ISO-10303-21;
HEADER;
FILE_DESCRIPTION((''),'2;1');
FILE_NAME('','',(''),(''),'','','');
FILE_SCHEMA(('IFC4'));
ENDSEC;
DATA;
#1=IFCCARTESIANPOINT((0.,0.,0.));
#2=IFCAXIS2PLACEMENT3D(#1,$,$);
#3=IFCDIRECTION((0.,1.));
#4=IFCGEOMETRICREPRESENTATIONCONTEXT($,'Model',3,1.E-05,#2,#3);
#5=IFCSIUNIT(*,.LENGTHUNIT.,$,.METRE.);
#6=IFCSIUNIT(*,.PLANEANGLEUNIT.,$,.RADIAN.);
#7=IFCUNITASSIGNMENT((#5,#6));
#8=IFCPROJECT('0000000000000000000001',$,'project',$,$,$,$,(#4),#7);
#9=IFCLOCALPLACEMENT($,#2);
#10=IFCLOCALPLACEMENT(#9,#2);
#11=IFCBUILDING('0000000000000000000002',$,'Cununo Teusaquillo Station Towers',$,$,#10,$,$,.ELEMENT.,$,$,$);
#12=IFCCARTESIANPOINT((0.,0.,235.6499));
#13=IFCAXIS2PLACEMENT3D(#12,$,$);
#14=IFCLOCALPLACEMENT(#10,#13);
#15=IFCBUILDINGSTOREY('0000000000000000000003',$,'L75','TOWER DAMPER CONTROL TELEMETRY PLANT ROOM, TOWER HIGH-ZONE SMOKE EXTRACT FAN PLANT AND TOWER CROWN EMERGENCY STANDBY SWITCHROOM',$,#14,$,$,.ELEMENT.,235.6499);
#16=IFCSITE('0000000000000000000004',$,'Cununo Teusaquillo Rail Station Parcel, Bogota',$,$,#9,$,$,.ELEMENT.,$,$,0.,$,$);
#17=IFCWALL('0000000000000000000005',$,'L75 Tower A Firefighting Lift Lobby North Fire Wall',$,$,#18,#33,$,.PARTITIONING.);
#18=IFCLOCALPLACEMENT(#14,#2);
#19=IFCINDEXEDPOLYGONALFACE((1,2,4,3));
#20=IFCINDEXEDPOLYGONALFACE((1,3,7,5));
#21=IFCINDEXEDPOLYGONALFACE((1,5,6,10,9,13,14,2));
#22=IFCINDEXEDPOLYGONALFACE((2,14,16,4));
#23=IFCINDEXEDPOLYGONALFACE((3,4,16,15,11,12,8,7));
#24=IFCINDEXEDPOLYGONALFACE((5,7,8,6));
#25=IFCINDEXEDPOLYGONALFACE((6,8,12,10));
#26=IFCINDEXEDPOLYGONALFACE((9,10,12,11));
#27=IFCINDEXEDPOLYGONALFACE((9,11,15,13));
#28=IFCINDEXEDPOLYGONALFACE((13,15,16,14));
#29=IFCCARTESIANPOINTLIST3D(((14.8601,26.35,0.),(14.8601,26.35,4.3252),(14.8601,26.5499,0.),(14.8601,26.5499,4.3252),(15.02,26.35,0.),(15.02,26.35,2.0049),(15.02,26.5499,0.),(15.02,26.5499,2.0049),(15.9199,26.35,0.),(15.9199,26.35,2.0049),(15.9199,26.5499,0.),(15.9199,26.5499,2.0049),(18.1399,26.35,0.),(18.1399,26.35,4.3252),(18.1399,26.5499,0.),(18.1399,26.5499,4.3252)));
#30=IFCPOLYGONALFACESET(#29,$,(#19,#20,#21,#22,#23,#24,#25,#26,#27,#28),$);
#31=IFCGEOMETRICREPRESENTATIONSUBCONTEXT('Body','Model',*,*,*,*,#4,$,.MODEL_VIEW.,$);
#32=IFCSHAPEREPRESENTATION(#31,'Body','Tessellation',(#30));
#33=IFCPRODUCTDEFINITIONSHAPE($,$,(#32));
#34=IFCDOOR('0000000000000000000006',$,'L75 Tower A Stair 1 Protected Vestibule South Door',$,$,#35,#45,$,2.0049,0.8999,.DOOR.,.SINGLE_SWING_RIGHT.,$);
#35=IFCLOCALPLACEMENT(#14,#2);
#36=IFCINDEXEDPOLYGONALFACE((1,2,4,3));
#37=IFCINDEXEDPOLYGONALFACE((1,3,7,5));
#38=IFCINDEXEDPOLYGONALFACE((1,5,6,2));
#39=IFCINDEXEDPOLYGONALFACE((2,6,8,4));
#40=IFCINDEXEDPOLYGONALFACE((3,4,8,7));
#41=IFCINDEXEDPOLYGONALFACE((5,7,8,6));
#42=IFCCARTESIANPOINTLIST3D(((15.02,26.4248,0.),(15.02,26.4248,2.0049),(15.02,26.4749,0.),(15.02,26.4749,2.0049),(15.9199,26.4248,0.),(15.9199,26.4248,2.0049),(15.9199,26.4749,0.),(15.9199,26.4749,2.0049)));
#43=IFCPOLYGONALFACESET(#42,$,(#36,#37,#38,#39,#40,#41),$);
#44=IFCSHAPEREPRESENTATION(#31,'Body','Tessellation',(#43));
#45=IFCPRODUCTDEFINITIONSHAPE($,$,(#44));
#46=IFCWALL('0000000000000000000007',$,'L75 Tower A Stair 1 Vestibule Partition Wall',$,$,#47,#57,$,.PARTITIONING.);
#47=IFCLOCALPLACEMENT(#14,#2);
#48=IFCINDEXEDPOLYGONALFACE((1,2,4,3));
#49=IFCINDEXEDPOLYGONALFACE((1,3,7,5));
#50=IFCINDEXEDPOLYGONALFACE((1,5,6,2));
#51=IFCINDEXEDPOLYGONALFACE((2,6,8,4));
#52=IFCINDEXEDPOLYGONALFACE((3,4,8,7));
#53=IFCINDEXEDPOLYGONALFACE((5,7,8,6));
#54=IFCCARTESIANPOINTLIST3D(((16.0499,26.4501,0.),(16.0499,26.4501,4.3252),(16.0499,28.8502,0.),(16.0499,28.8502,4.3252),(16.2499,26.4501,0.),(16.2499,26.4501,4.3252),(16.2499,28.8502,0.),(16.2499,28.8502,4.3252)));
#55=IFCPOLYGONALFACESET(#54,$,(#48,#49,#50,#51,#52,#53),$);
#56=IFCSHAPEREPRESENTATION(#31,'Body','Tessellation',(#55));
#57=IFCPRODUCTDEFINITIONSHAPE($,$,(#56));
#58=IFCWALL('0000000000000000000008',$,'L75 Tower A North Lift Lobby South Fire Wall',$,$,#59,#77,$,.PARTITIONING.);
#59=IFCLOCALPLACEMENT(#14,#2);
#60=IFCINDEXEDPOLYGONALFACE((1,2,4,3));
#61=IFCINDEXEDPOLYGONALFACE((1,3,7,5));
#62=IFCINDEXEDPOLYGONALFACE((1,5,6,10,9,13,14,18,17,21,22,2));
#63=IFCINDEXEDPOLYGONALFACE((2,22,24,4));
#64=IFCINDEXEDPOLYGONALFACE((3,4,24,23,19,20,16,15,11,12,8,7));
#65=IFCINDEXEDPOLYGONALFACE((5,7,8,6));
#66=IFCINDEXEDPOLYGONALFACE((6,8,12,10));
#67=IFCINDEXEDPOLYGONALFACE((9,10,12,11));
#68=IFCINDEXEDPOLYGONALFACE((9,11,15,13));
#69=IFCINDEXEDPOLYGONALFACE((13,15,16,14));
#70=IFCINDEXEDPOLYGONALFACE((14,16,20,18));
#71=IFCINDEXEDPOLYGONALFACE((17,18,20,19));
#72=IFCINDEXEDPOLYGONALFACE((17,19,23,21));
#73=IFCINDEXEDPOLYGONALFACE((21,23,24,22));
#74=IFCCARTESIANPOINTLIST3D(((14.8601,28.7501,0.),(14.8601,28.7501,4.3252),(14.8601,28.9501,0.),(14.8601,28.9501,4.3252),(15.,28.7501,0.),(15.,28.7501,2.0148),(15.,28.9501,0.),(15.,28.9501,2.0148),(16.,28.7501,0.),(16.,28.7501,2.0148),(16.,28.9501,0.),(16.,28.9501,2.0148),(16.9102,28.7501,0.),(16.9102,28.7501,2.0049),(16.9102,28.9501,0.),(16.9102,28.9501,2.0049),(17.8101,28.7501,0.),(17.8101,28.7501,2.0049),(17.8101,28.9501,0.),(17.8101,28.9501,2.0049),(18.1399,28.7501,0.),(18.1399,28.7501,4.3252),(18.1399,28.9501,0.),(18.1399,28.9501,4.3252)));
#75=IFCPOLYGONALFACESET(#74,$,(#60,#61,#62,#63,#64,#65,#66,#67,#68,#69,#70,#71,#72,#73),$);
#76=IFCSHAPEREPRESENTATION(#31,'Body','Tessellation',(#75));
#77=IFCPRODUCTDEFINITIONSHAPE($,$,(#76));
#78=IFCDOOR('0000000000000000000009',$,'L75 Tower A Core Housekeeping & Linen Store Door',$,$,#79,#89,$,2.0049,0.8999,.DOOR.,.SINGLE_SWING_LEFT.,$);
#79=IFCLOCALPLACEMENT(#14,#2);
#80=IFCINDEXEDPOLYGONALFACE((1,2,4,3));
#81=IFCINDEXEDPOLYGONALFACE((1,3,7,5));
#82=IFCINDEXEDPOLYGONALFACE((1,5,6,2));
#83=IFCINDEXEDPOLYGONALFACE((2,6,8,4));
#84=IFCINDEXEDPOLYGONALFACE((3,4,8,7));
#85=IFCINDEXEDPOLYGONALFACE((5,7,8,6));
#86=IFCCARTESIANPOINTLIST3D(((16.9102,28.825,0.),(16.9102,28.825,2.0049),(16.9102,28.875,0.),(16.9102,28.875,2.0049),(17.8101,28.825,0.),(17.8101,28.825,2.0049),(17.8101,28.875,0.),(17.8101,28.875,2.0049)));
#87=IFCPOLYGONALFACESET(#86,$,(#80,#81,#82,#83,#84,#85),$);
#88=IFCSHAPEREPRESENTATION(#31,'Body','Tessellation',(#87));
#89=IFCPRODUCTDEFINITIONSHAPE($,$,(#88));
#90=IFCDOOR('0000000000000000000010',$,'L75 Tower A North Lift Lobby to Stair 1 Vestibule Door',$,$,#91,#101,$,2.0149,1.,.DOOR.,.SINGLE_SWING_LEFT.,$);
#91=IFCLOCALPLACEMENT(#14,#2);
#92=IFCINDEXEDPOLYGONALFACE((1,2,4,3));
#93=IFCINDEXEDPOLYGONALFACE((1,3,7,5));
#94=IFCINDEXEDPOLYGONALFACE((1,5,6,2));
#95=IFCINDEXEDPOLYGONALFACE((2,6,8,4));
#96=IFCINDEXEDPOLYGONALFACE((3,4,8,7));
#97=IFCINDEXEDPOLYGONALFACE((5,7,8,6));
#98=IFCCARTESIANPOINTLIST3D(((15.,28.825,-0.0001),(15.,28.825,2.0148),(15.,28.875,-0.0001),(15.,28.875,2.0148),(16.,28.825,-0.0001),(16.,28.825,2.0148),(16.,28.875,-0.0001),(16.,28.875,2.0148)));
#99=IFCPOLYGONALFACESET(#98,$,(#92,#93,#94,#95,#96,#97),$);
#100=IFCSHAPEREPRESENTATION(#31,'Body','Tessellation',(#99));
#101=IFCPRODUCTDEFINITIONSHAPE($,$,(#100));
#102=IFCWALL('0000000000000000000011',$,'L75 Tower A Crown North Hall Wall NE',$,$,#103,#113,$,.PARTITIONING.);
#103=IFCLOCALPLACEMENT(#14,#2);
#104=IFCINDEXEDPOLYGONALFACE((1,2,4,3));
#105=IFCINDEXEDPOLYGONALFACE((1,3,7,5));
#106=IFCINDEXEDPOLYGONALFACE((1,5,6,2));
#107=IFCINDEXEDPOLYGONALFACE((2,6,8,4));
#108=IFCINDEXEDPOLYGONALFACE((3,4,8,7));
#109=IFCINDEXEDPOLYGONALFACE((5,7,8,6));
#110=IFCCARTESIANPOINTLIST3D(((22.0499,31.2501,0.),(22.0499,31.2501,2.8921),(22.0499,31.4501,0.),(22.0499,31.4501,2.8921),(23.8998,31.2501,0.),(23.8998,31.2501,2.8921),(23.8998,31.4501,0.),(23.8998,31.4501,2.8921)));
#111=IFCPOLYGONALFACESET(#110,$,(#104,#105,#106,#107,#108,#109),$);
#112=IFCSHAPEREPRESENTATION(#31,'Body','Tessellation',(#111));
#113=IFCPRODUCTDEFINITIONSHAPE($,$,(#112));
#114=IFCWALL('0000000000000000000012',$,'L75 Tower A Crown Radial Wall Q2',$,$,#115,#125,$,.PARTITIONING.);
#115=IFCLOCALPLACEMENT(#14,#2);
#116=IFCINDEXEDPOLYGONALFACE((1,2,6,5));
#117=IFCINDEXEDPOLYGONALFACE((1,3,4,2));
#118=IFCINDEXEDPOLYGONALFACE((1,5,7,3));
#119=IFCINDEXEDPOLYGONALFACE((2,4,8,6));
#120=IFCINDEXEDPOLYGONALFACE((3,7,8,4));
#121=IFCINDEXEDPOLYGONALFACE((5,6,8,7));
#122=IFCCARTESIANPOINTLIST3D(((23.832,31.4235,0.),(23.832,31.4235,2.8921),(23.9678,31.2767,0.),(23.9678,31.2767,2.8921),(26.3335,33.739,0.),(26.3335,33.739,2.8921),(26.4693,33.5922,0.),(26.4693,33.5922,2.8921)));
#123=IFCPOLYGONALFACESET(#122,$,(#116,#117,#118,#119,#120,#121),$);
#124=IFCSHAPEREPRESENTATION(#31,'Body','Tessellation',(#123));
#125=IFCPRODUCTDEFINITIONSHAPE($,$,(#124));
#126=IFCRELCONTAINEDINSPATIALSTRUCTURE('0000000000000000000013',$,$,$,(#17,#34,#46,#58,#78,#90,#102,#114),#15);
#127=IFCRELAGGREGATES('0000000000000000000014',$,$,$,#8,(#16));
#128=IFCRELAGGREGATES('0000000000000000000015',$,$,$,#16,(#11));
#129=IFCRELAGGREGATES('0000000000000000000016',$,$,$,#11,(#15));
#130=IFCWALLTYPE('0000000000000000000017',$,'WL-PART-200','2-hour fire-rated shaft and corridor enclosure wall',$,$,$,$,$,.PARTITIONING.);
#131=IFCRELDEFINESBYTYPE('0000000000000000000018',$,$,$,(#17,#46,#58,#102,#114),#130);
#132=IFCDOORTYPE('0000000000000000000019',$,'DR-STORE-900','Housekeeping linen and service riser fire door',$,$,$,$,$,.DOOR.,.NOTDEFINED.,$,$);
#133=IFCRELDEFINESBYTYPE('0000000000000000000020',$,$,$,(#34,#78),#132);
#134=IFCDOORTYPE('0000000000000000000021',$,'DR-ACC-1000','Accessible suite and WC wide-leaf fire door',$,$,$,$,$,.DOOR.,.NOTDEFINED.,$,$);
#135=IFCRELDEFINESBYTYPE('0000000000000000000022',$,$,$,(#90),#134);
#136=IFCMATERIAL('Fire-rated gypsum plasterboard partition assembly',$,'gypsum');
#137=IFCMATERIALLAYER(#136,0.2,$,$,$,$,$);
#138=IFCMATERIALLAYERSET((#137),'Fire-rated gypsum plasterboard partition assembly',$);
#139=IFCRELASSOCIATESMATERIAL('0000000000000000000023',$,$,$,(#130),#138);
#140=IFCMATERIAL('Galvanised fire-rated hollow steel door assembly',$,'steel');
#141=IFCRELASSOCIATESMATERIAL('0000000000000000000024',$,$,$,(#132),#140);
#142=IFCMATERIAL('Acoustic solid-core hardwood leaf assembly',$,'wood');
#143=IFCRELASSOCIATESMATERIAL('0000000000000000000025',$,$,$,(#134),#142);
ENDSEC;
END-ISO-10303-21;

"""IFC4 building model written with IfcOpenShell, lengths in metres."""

from ifc_helpers import new_model, si_unit, direction, frame, frame_2d, origin, place, context, subcontext, project, spatial, rectangle, extrude, source, transform, mapped, material, layer, layer_set, type_object, element, fill, save


model = new_model("IFC4")

# Units and contexts
model_context = context("Model", 3, precision=1e-05, world=origin(), true_north=direction((0.0, 1.0)))
body_context = subcontext(model_context, "Body", "Model", "MODEL_VIEW")
ifc_project = project(units=[si_unit("LENGTHUNIT", "METRE"), si_unit("PLANEANGLEUNIT", "RADIAN")], contexts=[model_context])

# Site, building, storey
site_placement = place(None, origin())
site = spatial("IfcSite", under=ifc_project, at=site_placement, Name="Cununo Teusaquillo Rail Station Parcel, Bogota", CompositionType="ELEMENT", RefElevation=0.0)
building_placement = place(site_placement, origin())
building = spatial("IfcBuilding", under=site, at=building_placement, Name="Cununo Teusaquillo Station Towers", CompositionType="ELEMENT")
storey_placement = place(building_placement, frame((0.0, 0.0, 235.6499)))
storey = spatial("IfcBuildingStorey", under=building, at=storey_placement, Name="L75", Description="TOWER DAMPER CONTROL TELEMETRY PLANT ROOM, TOWER HIGH-ZONE SMOKE EXTRACT FAN PLANT AND TOWER CROWN EMERGENCY STANDBY SWITCHROOM", CompositionType="ELEMENT", Elevation=235.6499)

# Shared definitions
shared_shape_1 = source(origin(), body_context, "Body", "SweptSolid", [
    extrude(rectangle(XDim=0.8999, YDim=2.0049, at=frame_2d((0.45, 1.0024))), frame((0.0, 0.0249, 0.0), z_axis=(0.0, -1.0, 0.0), x_axis=(1.0, 0.0, 0.0)), (0.0, 0.0, 1.0), 0.05),
])

# Wall, opening, door
ifc_material_1 = material(Name="Fire-rated gypsum plasterboard partition assembly", Category="gypsum")
ifc_layer_1 = layer(ifc_material_1, 0.2)
ifc_layer_set_1 = layer_set([ifc_layer_1], Name="Fire-rated gypsum plasterboard partition assembly")
wall_type_1 = type_object("IfcWallType", Name="WL-PART-200", Description="2-hour fire-rated shaft and corridor enclosure wall", PredefinedType="PARTITIONING", material=ifc_layer_set_1)
wall_1_placement = place(storey_placement, frame((14.8601, 26.45, 0.0), z_axis=(0.0, 0.0, 1.0), x_axis=(1.0, 0.0, 0.0)))
wall_1 = element("IfcWall", 1, at=wall_1_placement, inside=storey, type_object=wall_type_1, Name="L75 Tower A Firefighting Lift Lobby North Fire Wall", PredefinedType="PARTITIONING", context=body_context, shape_type="SweptSolid", body=[
    extrude(rectangle(XDim=3.2798, YDim=0.2, at=frame_2d((1.6399, 0.0))), origin(), (0.0, 0.0, 1.0), 4.3252),
])
shared_shape_2 = source(origin(), body_context, "Body", "SweptSolid", [
    extrude(rectangle(XDim=0.8999, YDim=2.0049, at=frame_2d((0.45, 1.0024))), frame((0.0, 0.1099, 0.0), z_axis=(0.0, -1.0, 0.0), x_axis=(1.0, 0.0, 0.0)), (0.0, 0.0, 1.0), 0.22),
])
opening_1_placement = place(wall_1_placement, frame((0.1599, 0.0, 0.0)))
opening_1 = element("IfcOpeningElement", 2, at=opening_1_placement, cuts=wall_1, PredefinedType="OPENING", context=body_context, shape_type="MappedRepresentation", body=[
    mapped(shared_shape_2, transform((0.0, 0.0, 0.0), x_axis=(1.0, 0.0, 0.0), y_axis=(0.0, 1.0, 0.0), z_axis=(0.0, 0.0, 1.0), scale=1.0)),
])
ifc_material_2 = material(Name="Galvanised fire-rated hollow steel door assembly", Category="steel")
door_type_1 = type_object("IfcDoorType", Name="DR-STORE-900", Description="Housekeeping linen and service riser fire door", OperationType="NOTDEFINED", PredefinedType="DOOR", material=ifc_material_2)
door_1_placement = place(opening_1_placement, origin())
door_1 = element("IfcDoor", 3, at=door_1_placement, inside=storey, type_object=door_type_1, Name="L75 Tower A Stair 1 Protected Vestibule South Door", OperationType="SINGLE_SWING_RIGHT", OverallHeight=2.0049, OverallWidth=0.8999, PredefinedType="DOOR", context=body_context, shape_type="MappedRepresentation", body=[
    mapped(shared_shape_1, transform((0.0, 0.0, 0.0), x_axis=(1.0, 0.0, 0.0), y_axis=(0.0, 1.0, 0.0), z_axis=(0.0, 0.0, 1.0), scale=1.0)),
])
fill(opening_1, door_1)

# Wall
wall_2_placement = place(storey_placement, frame((16.1499, 26.45, 0.0), z_axis=(0.0, 0.0, 1.0), x_axis=(0.0, 1.0, 0.0)))
element("IfcWall", 4, at=wall_2_placement, inside=storey, type_object=wall_type_1, Name="L75 Tower A Stair 1 Vestibule Partition Wall", PredefinedType="PARTITIONING", context=body_context, shape_type="SweptSolid", body=[
    extrude(rectangle(XDim=2.4001, YDim=0.2, at=frame_2d((1.2002, 0.0))), origin(), (0.0, 0.0, 1.0), 4.3252),
])

# Wall, openings, doors
wall_3_placement = place(storey_placement, frame((14.8601, 28.8501, 0.0), z_axis=(0.0, 0.0, 1.0), x_axis=(1.0, 0.0, 0.0)))
wall_3 = element("IfcWall", 5, at=wall_3_placement, inside=storey, type_object=wall_type_1, Name="L75 Tower A North Lift Lobby South Fire Wall", PredefinedType="PARTITIONING", context=body_context, shape_type="SweptSolid", body=[
    extrude(rectangle(XDim=3.2798, YDim=0.2, at=frame_2d((1.6399, 0.0))), origin(), (0.0, 0.0, 1.0), 4.3252),
])
shared_shape_3 = source(origin(), body_context, "Body", "SweptSolid", [
    extrude(rectangle(XDim=1.0, YDim=2.0149, at=frame_2d((0.5, 1.0073))), frame((0.0, 0.1099, 0.0), z_axis=(0.0, -1.0, 0.0), x_axis=(1.0, 0.0, 0.0)), (0.0, 0.0, 1.0), 0.22),
])
opening_2_placement = place(wall_3_placement, frame((0.1399, 0.0, 0.0)))
opening_2 = element("IfcOpeningElement", 6, at=opening_2_placement, cuts=wall_3, PredefinedType="OPENING", context=body_context, shape_type="MappedRepresentation", body=[
    mapped(shared_shape_3, transform((0.0, 0.0, 0.0), x_axis=(1.0, 0.0, 0.0), y_axis=(0.0, 1.0, 0.0), z_axis=(0.0, 0.0, 1.0), scale=1.0)),
])
opening_3_placement = place(wall_3_placement, frame((2.05, 0.0, 0.0)))
opening_3 = element("IfcOpeningElement", 7, at=opening_3_placement, cuts=wall_3, PredefinedType="OPENING", context=body_context, shape_type="MappedRepresentation", body=[
    mapped(shared_shape_2, transform((0.0, 0.0, 0.0), x_axis=(1.0, 0.0, 0.0), y_axis=(0.0, 1.0, 0.0), z_axis=(0.0, 0.0, 1.0), scale=1.0)),
])
door_2_placement = place(opening_3_placement, origin())
door_2 = element("IfcDoor", 8, at=door_2_placement, inside=storey, type_object=door_type_1, Name="L75 Tower A Core Housekeeping & Linen Store Door", OperationType="SINGLE_SWING_LEFT", OverallHeight=2.0049, OverallWidth=0.8999, PredefinedType="DOOR", context=body_context, shape_type="MappedRepresentation", body=[
    mapped(shared_shape_1, transform((0.0, 0.0, 0.0), x_axis=(1.0, 0.0, 0.0), y_axis=(0.0, 1.0, 0.0), z_axis=(0.0, 0.0, 1.0), scale=1.0)),
])
fill(opening_3, door_2)
ifc_material_3 = material(Name="Acoustic solid-core hardwood leaf assembly", Category="wood")
door_type_2 = type_object("IfcDoorType", Name="DR-ACC-1000", Description="Accessible suite and WC wide-leaf fire door", OperationType="NOTDEFINED", PredefinedType="DOOR", material=ifc_material_3)
shared_shape_4 = source(origin(), body_context, "Body", "SweptSolid", [
    extrude(rectangle(XDim=1.0, YDim=2.0149, at=frame_2d((0.5, 1.0073))), frame((0.0, 0.0249, 0.0), z_axis=(0.0, -1.0, 0.0), x_axis=(1.0, 0.0, 0.0)), (0.0, 0.0, 1.0), 0.05),
])
door_3_placement = place(opening_2_placement, origin())
door_3 = element("IfcDoor", 9, at=door_3_placement, inside=storey, type_object=door_type_2, Name="L75 Tower A North Lift Lobby to Stair 1 Vestibule Door", OperationType="SINGLE_SWING_LEFT", OverallHeight=2.0149, OverallWidth=1.0, PredefinedType="DOOR", context=body_context, shape_type="MappedRepresentation", body=[
    mapped(shared_shape_4, transform((0.0, 0.0, 0.0), x_axis=(1.0, 0.0, 0.0), y_axis=(0.0, 1.0, 0.0), z_axis=(0.0, 0.0, 1.0), scale=1.0)),
])
fill(opening_2, door_3)

# Walls
wall_4_placement = place(storey_placement, frame((22.05, 31.3501, 0.0), z_axis=(0.0, 0.0, 1.0), x_axis=(1.0, 0.0, 0.0)))
element("IfcWall", 10, at=wall_4_placement, inside=storey, type_object=wall_type_1, Name="L75 Tower A Crown North Hall Wall NE", PredefinedType="PARTITIONING", context=body_context, shape_type="SweptSolid", body=[
    extrude(rectangle(XDim=1.8499, YDim=0.2, at=frame_2d((0.9248, 0.0))), origin(), (0.0, 0.0, 1.0), 2.8921),
])
wall_5_placement = place(storey_placement, frame((23.8999, 31.3501, 0.0), z_axis=(0.0, 0.0, 1.0), x_axis=(0.733869, 0.679291, 0.0)))
element("IfcWall", 11, at=wall_5_placement, inside=storey, type_object=wall_type_1, Name="L75 Tower A Crown Radial Wall Q2", PredefinedType="PARTITIONING", context=body_context, shape_type="SweptSolid", body=[
    extrude(rectangle(XDim=3.4087, YDim=0.2, at=frame_2d((1.7043, 0.0))), origin(), (0.0, 0.0, 1.0), 2.8921),
])

save(model, "model.ifc")
